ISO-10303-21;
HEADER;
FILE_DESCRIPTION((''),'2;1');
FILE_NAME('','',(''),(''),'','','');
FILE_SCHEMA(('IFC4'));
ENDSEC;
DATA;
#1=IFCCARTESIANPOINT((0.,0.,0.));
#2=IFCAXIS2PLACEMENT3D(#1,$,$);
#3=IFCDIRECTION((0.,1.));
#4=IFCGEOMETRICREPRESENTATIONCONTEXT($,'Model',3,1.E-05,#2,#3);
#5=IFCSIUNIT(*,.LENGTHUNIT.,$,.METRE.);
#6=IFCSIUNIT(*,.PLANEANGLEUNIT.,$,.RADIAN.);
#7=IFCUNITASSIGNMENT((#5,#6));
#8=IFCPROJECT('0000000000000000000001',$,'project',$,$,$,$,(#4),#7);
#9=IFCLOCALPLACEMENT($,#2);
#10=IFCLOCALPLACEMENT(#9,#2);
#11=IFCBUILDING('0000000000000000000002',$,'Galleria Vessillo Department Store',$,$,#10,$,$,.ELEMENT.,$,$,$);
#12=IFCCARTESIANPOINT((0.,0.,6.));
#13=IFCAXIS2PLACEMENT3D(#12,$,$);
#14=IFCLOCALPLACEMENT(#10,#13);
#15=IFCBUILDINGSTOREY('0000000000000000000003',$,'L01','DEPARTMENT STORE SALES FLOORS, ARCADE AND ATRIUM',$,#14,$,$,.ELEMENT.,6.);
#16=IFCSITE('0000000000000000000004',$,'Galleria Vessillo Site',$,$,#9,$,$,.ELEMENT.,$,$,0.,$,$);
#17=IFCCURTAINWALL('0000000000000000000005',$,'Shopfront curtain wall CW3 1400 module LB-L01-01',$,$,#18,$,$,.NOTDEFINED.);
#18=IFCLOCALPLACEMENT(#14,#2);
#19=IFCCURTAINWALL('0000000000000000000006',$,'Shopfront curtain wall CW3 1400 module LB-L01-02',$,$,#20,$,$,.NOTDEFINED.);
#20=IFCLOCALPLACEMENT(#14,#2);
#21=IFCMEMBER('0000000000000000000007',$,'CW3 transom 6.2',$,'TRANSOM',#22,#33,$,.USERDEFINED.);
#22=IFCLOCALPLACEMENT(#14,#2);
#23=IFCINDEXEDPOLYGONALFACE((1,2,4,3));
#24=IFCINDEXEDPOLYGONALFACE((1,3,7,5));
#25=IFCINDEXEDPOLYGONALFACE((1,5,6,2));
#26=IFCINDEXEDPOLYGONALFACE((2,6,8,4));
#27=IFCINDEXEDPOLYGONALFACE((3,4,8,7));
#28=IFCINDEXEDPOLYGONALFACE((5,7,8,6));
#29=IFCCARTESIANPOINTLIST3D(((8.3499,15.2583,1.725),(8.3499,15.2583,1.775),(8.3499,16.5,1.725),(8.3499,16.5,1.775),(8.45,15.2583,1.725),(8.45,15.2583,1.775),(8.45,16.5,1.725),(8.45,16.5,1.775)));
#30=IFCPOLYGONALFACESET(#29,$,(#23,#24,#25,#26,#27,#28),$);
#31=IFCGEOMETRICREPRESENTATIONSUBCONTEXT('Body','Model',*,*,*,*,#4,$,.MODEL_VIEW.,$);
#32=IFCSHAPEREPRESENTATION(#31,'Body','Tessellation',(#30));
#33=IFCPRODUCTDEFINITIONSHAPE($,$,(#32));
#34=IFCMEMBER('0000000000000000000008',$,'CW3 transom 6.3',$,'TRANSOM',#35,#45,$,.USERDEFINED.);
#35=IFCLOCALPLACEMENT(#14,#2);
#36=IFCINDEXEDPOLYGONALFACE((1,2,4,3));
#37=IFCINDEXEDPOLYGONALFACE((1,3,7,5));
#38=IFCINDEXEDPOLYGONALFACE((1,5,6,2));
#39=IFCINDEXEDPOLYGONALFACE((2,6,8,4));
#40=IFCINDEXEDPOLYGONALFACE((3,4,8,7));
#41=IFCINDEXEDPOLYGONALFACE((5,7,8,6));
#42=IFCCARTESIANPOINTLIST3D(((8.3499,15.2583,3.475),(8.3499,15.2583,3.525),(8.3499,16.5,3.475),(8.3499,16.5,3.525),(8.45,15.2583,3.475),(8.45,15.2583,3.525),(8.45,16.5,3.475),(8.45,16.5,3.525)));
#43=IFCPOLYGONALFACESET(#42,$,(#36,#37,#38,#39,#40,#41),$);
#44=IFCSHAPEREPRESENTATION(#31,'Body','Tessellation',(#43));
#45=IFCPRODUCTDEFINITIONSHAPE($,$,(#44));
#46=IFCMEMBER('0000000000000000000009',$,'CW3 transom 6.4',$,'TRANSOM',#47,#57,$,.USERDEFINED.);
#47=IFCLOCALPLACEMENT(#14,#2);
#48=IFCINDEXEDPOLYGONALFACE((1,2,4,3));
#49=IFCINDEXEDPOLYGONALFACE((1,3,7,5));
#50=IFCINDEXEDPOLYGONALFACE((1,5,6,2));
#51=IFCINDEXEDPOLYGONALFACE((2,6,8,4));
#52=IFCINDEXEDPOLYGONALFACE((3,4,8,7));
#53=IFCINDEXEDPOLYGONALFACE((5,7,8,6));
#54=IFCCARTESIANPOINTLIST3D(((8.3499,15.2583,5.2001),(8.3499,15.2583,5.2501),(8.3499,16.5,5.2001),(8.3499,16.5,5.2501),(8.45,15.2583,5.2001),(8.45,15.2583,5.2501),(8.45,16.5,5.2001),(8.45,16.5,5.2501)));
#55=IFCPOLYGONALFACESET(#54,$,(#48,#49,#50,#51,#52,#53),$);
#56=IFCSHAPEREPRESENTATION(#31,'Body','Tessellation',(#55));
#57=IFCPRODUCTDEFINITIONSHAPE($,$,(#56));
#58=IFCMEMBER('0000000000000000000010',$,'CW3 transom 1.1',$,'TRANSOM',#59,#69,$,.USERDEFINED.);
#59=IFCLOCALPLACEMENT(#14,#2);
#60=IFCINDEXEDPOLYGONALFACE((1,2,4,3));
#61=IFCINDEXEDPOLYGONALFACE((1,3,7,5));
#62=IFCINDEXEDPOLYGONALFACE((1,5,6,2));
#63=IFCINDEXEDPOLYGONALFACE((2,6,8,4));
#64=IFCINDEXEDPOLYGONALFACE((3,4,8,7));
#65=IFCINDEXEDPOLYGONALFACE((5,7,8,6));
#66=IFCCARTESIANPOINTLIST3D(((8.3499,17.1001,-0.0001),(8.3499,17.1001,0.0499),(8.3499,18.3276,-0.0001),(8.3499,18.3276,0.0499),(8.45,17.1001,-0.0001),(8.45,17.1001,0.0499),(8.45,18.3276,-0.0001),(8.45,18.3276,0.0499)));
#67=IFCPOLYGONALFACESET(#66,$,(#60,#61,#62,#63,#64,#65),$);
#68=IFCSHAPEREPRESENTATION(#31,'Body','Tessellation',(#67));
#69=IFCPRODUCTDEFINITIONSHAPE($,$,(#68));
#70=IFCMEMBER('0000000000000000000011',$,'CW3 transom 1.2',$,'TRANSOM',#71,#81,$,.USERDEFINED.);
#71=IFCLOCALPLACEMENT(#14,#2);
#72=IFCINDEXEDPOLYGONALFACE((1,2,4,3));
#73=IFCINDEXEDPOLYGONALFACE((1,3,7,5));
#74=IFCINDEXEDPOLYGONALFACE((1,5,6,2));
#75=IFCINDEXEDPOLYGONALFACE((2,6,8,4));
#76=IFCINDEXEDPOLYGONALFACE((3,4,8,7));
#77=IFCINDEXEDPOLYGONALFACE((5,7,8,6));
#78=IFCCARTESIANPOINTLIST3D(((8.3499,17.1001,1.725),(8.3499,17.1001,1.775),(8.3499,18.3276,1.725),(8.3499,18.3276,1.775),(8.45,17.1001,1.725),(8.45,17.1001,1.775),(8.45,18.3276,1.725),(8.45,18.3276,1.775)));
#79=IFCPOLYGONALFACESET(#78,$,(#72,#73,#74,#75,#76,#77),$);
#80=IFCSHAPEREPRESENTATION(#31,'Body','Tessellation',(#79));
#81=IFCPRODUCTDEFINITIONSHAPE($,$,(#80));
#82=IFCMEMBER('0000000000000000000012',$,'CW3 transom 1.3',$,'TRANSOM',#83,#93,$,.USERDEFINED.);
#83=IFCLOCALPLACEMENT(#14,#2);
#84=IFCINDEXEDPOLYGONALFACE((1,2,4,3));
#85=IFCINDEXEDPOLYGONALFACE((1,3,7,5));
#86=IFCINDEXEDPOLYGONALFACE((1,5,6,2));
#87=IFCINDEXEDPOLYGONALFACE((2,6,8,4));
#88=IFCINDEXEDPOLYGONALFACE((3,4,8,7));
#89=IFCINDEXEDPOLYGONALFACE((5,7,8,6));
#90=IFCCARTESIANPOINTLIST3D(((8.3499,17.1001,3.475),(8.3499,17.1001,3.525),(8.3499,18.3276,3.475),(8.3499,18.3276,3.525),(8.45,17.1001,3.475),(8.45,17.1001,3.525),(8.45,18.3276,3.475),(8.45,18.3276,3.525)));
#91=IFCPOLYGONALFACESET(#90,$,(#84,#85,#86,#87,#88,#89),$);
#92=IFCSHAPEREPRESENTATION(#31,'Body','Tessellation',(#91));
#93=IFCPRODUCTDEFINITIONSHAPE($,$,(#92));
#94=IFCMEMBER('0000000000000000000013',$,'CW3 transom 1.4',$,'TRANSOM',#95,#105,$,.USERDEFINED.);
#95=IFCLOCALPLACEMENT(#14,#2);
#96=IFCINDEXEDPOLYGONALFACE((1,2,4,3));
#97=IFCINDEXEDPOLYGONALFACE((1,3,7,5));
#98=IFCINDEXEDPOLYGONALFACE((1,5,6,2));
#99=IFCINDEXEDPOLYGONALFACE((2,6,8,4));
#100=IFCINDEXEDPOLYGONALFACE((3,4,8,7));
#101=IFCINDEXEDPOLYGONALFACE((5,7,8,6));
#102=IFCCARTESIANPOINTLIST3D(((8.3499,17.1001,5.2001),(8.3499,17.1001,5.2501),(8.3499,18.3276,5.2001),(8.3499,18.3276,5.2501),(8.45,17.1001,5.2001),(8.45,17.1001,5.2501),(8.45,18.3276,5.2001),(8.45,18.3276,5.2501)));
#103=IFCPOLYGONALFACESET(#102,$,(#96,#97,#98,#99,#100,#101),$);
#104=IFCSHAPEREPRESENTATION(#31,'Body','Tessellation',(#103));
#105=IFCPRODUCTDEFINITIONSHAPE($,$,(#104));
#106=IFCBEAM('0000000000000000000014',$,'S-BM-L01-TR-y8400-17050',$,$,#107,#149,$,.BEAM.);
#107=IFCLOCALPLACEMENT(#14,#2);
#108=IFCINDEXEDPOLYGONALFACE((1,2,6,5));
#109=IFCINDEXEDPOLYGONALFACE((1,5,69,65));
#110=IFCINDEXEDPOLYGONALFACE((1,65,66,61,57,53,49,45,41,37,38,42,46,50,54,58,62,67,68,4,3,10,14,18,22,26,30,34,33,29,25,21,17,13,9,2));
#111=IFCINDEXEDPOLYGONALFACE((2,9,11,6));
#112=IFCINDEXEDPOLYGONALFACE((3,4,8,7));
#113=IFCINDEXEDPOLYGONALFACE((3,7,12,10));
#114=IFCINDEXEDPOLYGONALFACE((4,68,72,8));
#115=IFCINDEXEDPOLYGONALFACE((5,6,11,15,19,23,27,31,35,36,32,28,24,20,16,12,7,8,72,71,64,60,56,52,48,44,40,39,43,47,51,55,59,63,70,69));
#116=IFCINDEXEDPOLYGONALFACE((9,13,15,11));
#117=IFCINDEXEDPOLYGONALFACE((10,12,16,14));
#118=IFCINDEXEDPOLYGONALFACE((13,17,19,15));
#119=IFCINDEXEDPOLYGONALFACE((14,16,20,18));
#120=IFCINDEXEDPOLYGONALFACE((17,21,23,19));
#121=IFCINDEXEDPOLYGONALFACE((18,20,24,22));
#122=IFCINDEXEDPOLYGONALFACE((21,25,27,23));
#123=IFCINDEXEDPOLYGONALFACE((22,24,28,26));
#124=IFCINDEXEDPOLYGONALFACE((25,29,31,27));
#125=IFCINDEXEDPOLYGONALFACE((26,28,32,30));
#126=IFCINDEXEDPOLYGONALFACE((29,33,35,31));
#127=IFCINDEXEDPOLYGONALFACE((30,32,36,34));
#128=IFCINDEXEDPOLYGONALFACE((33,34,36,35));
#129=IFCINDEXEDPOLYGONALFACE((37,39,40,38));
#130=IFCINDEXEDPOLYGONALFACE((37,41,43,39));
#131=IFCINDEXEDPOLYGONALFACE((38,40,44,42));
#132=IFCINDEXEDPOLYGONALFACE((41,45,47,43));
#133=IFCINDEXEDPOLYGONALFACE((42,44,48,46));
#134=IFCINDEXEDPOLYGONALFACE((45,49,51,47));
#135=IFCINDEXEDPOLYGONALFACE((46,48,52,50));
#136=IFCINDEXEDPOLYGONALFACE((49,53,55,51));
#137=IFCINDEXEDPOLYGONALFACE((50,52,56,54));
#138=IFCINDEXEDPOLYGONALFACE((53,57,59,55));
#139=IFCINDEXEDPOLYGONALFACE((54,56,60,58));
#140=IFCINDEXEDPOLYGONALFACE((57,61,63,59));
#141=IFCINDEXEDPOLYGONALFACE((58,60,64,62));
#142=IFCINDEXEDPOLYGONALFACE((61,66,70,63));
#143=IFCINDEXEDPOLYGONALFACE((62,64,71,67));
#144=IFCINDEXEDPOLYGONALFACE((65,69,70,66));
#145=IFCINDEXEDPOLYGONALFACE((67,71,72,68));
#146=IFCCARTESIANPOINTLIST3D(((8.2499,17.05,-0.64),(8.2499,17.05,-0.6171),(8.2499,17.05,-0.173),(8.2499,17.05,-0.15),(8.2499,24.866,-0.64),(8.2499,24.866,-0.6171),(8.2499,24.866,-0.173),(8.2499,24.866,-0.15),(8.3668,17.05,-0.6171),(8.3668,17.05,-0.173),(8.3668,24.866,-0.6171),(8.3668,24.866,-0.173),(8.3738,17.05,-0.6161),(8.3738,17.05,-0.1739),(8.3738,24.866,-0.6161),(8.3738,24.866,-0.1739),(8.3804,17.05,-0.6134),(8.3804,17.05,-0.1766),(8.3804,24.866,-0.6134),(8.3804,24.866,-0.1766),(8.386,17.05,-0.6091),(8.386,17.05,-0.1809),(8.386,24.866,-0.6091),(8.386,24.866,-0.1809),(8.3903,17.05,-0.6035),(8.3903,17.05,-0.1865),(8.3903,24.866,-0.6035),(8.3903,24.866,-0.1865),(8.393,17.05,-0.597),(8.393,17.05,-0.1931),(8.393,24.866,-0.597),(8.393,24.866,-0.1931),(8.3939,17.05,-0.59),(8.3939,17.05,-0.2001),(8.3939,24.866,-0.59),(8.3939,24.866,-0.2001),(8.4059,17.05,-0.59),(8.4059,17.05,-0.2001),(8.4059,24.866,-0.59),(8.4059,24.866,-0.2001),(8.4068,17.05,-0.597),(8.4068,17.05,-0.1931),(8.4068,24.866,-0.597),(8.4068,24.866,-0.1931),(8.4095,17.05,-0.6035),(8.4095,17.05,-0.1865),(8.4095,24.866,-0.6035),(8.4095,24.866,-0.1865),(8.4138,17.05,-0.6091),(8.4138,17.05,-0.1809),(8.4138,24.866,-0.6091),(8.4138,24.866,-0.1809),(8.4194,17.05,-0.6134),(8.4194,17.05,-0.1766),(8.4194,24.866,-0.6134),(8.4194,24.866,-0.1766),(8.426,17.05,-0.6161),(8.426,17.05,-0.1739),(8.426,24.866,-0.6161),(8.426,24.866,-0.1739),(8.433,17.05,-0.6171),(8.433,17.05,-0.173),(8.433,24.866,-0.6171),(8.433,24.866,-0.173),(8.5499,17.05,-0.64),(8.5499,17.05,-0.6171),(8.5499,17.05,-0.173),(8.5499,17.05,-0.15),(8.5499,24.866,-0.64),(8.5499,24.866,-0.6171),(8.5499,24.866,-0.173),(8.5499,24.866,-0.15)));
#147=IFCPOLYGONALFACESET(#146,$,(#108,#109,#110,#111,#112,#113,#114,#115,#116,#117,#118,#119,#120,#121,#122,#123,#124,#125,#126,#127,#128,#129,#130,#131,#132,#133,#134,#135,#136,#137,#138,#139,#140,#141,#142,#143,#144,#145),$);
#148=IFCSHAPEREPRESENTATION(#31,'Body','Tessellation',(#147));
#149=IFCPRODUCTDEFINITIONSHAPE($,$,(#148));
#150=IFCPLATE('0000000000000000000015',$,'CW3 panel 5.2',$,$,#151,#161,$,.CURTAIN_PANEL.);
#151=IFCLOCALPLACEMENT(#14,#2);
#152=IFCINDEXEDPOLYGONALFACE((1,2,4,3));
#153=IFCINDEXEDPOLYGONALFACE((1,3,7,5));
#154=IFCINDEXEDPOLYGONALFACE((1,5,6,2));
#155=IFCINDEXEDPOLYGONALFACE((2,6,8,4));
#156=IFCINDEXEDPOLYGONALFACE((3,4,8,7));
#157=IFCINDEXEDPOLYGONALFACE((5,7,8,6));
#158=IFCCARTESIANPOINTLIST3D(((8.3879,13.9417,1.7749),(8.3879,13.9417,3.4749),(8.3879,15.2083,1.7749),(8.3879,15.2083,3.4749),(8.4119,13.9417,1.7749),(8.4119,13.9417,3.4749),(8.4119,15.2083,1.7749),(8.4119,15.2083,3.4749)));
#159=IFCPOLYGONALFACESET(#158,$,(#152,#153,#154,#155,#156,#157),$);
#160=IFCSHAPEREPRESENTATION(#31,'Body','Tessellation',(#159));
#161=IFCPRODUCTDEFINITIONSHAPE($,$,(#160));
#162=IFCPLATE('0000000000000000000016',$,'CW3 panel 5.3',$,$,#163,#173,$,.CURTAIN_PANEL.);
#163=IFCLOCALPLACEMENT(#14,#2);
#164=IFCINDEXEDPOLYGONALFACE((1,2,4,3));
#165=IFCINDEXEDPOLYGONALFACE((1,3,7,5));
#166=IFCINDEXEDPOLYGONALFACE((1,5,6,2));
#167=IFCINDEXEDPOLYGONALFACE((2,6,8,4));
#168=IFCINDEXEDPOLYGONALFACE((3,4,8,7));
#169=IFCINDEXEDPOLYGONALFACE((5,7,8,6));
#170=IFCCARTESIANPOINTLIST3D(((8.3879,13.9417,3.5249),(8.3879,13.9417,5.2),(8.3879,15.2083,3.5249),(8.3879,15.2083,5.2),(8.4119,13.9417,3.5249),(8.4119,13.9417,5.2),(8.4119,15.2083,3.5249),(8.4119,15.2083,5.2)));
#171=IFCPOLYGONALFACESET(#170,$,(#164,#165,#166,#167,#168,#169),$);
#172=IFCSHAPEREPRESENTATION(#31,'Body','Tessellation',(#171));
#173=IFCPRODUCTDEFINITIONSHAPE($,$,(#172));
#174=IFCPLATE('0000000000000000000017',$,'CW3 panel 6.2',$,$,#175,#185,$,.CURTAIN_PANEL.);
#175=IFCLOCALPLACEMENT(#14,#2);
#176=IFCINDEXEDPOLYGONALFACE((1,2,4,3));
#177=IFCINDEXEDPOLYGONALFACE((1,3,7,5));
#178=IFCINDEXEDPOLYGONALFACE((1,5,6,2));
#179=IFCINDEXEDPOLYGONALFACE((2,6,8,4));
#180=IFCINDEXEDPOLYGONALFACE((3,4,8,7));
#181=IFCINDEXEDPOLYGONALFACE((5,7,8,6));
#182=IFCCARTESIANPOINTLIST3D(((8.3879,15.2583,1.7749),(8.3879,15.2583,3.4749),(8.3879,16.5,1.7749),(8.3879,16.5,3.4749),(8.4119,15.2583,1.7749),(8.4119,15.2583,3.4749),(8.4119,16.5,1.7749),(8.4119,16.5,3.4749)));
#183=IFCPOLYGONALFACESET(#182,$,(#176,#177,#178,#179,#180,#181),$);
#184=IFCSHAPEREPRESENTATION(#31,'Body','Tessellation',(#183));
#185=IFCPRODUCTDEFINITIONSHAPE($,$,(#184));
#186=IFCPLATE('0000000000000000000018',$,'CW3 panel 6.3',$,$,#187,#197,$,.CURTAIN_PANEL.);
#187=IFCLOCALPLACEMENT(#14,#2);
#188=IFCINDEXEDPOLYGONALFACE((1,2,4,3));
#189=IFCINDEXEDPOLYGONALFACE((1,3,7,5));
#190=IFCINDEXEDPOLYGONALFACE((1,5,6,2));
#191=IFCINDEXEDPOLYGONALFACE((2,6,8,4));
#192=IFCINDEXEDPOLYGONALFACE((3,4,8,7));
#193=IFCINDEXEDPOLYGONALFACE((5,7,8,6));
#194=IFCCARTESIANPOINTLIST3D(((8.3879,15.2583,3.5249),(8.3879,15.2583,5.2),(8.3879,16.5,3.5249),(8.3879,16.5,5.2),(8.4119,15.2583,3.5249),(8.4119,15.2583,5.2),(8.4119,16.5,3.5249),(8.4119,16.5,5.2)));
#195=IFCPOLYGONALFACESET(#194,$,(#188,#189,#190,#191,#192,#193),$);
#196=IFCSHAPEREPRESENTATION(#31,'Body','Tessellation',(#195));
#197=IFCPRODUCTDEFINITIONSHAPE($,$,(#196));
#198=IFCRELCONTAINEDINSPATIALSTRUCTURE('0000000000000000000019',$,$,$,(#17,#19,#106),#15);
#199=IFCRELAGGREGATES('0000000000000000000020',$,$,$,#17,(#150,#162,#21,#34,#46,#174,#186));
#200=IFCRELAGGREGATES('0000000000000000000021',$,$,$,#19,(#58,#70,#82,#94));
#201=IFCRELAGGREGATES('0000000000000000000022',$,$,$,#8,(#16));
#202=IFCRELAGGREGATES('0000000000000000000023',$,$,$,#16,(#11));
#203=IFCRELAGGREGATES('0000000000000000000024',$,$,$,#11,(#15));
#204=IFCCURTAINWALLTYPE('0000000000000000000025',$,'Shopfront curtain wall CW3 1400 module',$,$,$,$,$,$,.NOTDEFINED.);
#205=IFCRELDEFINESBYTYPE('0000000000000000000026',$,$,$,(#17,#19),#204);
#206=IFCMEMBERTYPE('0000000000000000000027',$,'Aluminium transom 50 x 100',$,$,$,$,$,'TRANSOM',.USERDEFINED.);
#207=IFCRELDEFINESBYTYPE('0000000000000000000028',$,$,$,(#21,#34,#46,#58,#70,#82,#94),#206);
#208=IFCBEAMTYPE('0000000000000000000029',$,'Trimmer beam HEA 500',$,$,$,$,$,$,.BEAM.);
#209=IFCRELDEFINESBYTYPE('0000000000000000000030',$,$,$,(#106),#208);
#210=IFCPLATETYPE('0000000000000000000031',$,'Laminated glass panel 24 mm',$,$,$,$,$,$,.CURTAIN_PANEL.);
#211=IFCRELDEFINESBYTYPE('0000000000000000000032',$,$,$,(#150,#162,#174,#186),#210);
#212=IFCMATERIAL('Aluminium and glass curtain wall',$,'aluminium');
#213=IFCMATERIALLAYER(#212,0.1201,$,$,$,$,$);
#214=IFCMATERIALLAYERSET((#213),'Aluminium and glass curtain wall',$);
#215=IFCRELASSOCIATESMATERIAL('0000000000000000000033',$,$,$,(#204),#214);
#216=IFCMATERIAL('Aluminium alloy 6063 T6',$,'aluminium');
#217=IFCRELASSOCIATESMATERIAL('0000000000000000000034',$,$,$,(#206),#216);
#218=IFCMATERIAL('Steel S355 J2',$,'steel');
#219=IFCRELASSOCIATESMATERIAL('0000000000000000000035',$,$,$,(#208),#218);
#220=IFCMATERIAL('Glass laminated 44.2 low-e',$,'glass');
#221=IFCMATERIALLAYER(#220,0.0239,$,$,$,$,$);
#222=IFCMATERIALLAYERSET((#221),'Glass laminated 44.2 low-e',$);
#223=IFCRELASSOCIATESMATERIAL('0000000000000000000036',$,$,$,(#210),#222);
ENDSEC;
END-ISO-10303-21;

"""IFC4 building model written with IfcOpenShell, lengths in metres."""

from ifc_helpers import new_model, si_unit, direction, frame, origin, origin_2d, place, context, subcontext, project, spatial, rectangle, i_section, extrude, material, layer, layer_set, material_profile, profile_set, type_object, element, aggregate, save


model = new_model("IFC4")

# Units and contexts
model_context = context("Model", 3, precision=1e-05, world=origin(), true_north=direction((0.0, 1.0)))
body_context = subcontext(model_context, "Body", "Model", "MODEL_VIEW")
ifc_project = project(units=[si_unit("LENGTHUNIT", "METRE"), si_unit("PLANEANGLEUNIT", "RADIAN")], contexts=[model_context])

# Site, building, storey
site_placement = place(None, origin())
site = spatial("IfcSite", under=ifc_project, at=site_placement, Name="Galleria Vessillo Site", CompositionType="ELEMENT", RefElevation=0.0)
building_placement = place(site_placement, origin())
building = spatial("IfcBuilding", under=site, at=building_placement, Name="Galleria Vessillo Department Store", CompositionType="ELEMENT")
storey_placement = place(building_placement, frame((0.0, 0.0, 6.0)))
storey = spatial("IfcBuildingStorey", under=building, at=storey_placement, Name="L01", Description="DEPARTMENT STORE SALES FLOORS, ARCADE AND ATRIUM", CompositionType="ELEMENT", Elevation=6.0)

# Curtain walls
ifc_material_1 = material(Name="Aluminium and glass curtain wall", Category="aluminium")
ifc_layer_1 = layer(ifc_material_1, 0.1201)
ifc_layer_set_1 = layer_set([ifc_layer_1], Name="Aluminium and glass curtain wall")
curtain_wall_type = type_object("IfcCurtainWallType", Name="Shopfront curtain wall CW3 1400 module", PredefinedType="NOTDEFINED", material=ifc_layer_set_1)
curtain_wall_1_placement = place(storey_placement, origin())
curtain_wall_1 = element("IfcCurtainWall", 1, at=curtain_wall_1_placement, inside=storey, type_object=curtain_wall_type, Name="Shopfront curtain wall CW3 1400 module LB-L01-01", PredefinedType="NOTDEFINED")
curtain_wall_2_placement = place(storey_placement, origin())
curtain_wall_2 = element("IfcCurtainWall", 2, at=curtain_wall_2_placement, inside=storey, type_object=curtain_wall_type, Name="Shopfront curtain wall CW3 1400 module LB-L01-02", PredefinedType="NOTDEFINED")

# Members
ifc_material_2 = material(Name="Aluminium alloy 6063 T6", Category="aluminium")
ifc_material_profile_1 = material_profile(ifc_material_2, rectangle(XDim=0.1001, YDim=0.05, at=origin_2d()), Name="AL 50x100")
ifc_profile_set_1 = profile_set([ifc_material_profile_1], Name="Aluminium alloy 6063 T6")
member_type_1 = type_object("IfcMemberType", Name="Aluminium transom 50 x 100", ElementType="TRANSOM", PredefinedType="USERDEFINED", material=ifc_profile_set_1)
member_1_placement = place(storey_placement, frame((8.3999, 15.2583, 1.75), z_axis=(0.0, 1.0, 0.0), x_axis=(-1.0, 0.0, 0.0)))
member_1 = element("IfcMember", 3, at=member_1_placement, type_object=member_type_1, Name="CW3 transom 6.2", ObjectType="TRANSOM", PredefinedType="USERDEFINED", context=body_context, shape_type="SweptSolid", body=[
    extrude(rectangle(XDim=0.1001, YDim=0.05, at=origin_2d()), origin(), (0.0, 0.0, 1.0), 1.2417),
])
member_2_placement = place(storey_placement, frame((8.3999, 15.2583, 3.5), z_axis=(0.0, 1.0, 0.0), x_axis=(-1.0, 0.0, 0.0)))
member_2 = element("IfcMember", 4, at=member_2_placement, type_object=member_type_1, Name="CW3 transom 6.3", ObjectType="TRANSOM", PredefinedType="USERDEFINED", context=body_context, shape_type="SweptSolid", body=[
    extrude(rectangle(XDim=0.1001, YDim=0.05, at=origin_2d()), origin(), (0.0, 0.0, 1.0), 1.2417),
])
member_3_placement = place(storey_placement, frame((8.3999, 15.2583, 5.2251), z_axis=(0.0, 1.0, 0.0), x_axis=(-1.0, 0.0, 0.0)))
member_3 = element("IfcMember", 5, at=member_3_placement, type_object=member_type_1, Name="CW3 transom 6.4", ObjectType="TRANSOM", PredefinedType="USERDEFINED", context=body_context, shape_type="SweptSolid", body=[
    extrude(rectangle(XDim=0.1001, YDim=0.05, at=origin_2d()), origin(), (0.0, 0.0, 1.0), 1.2417),
])
member_4_placement = place(storey_placement, frame((8.3999, 17.1001, 0.0249), z_axis=(0.0, 1.0, 0.0), x_axis=(-1.0, 0.0, 0.0)))
member_4 = element("IfcMember", 6, at=member_4_placement, type_object=member_type_1, Name="CW3 transom 1.1", ObjectType="TRANSOM", PredefinedType="USERDEFINED", context=body_context, shape_type="SweptSolid", body=[
    extrude(rectangle(XDim=0.1001, YDim=0.05, at=origin_2d()), origin(), (0.0, 0.0, 1.0), 1.2275),
])
member_5_placement = place(storey_placement, frame((8.3999, 17.1001, 1.75), z_axis=(0.0, 1.0, 0.0), x_axis=(-1.0, 0.0, 0.0)))
member_5 = element("IfcMember", 7, at=member_5_placement, type_object=member_type_1, Name="CW3 transom 1.2", ObjectType="TRANSOM", PredefinedType="USERDEFINED", context=body_context, shape_type="SweptSolid", body=[
    extrude(rectangle(XDim=0.1001, YDim=0.05, at=origin_2d()), origin(), (0.0, 0.0, 1.0), 1.2275),
])
member_6_placement = place(storey_placement, frame((8.3999, 17.1001, 3.5), z_axis=(0.0, 1.0, 0.0), x_axis=(-1.0, 0.0, 0.0)))
member_6 = element("IfcMember", 8, at=member_6_placement, type_object=member_type_1, Name="CW3 transom 1.3", ObjectType="TRANSOM", PredefinedType="USERDEFINED", context=body_context, shape_type="SweptSolid", body=[
    extrude(rectangle(XDim=0.1001, YDim=0.05, at=origin_2d()), origin(), (0.0, 0.0, 1.0), 1.2275),
])
member_7_placement = place(storey_placement, frame((8.3999, 17.1001, 5.2251), z_axis=(0.0, 1.0, 0.0), x_axis=(-1.0, 0.0, 0.0)))
member_7 = element("IfcMember", 9, at=member_7_placement, type_object=member_type_1, Name="CW3 transom 1.4", ObjectType="TRANSOM", PredefinedType="USERDEFINED", context=body_context, shape_type="SweptSolid", body=[
    extrude(rectangle(XDim=0.1001, YDim=0.05, at=origin_2d()), origin(), (0.0, 0.0, 1.0), 1.2275),
])

# Beam
ifc_material_3 = material(Name="Steel S355 J2", Category="steel")
ifc_material_profile_2 = material_profile(ifc_material_3, i_section(OverallWidth=0.3, OverallDepth=0.49, WebThickness=0.012, FlangeThickness=0.0229, FilletRadius=0.0271, at=origin_2d()), Name="HEA 500")
ifc_profile_set_2 = profile_set([ifc_material_profile_2], Name="Steel S355 J2")
beam_type = type_object("IfcBeamType", Name="Trimmer beam HEA 500", PredefinedType="BEAM", material=ifc_profile_set_2)
beam_placement = place(storey_placement, frame((8.3999, 17.05, -0.395), z_axis=(0.0, 1.0, 0.0), x_axis=(-1.0, 0.0, 0.0)))
element("IfcBeam", 10, at=beam_placement, inside=storey, type_object=beam_type, Name="S-BM-L01-TR-y8400-17050", PredefinedType="BEAM", context=body_context, shape_type="SweptSolid", body=[
    extrude(i_section(OverallWidth=0.3, OverallDepth=0.49, WebThickness=0.012, FlangeThickness=0.0229, FilletRadius=0.0271, at=origin_2d()), origin(), (0.0, 0.0, 1.0), 7.8159),
])

# Plates
ifc_material_4 = material(Name="Glass laminated 44.2 low-e", Category="glass")
ifc_layer_2 = layer(ifc_material_4, 0.0239)
ifc_layer_set_2 = layer_set([ifc_layer_2], Name="Glass laminated 44.2 low-e")
plate_type_1 = type_object("IfcPlateType", Name="Laminated glass panel 24 mm", PredefinedType="CURTAIN_PANEL", material=ifc_layer_set_2)
plate_1_placement = place(storey_placement, frame((8.3999, 14.575, 1.7749), z_axis=(0.0, 0.0, 1.0), x_axis=(0.0, 1.0, 0.0)))
plate_1 = element("IfcPlate", 11, at=plate_1_placement, type_object=plate_type_1, Name="CW3 panel 5.2", PredefinedType="CURTAIN_PANEL", context=body_context, shape_type="SweptSolid", body=[
    extrude(rectangle(XDim=1.2666, YDim=0.0239, at=origin_2d()), origin(), (0.0, 0.0, 1.0), 1.7),
])
plate_2_placement = place(storey_placement, frame((8.3999, 14.575, 3.5249), z_axis=(0.0, 0.0, 1.0), x_axis=(0.0, 1.0, 0.0)))
plate_2 = element("IfcPlate", 12, at=plate_2_placement, type_object=plate_type_1, Name="CW3 panel 5.3", PredefinedType="CURTAIN_PANEL", context=body_context, shape_type="SweptSolid", body=[
    extrude(rectangle(XDim=1.2666, YDim=0.0239, at=origin_2d()), origin(), (0.0, 0.0, 1.0), 1.675),
])
plate_3_placement = place(storey_placement, frame((8.3999, 15.8792, 1.7749), z_axis=(0.0, 0.0, 1.0), x_axis=(0.0, 1.0, 0.0)))
plate_3 = element("IfcPlate", 13, at=plate_3_placement, type_object=plate_type_1, Name="CW3 panel 6.2", PredefinedType="CURTAIN_PANEL", context=body_context, shape_type="SweptSolid", body=[
    extrude(rectangle(XDim=1.2417, YDim=0.0239, at=origin_2d()), origin(), (0.0, 0.0, 1.0), 1.7),
])
plate_4_placement = place(storey_placement, frame((8.3999, 15.8792, 3.5249), z_axis=(0.0, 0.0, 1.0), x_axis=(0.0, 1.0, 0.0)))
plate_4 = element("IfcPlate", 14, at=plate_4_placement, type_object=plate_type_1, Name="CW3 panel 6.3", PredefinedType="CURTAIN_PANEL", context=body_context, shape_type="SweptSolid", body=[
    extrude(rectangle(XDim=1.2417, YDim=0.0239, at=origin_2d()), origin(), (0.0, 0.0, 1.0), 1.675),
])
aggregate(curtain_wall_1, [plate_1, plate_2, member_1, member_2, member_3, plate_3, plate_4])
aggregate(curtain_wall_2, [member_4, member_5, member_6, member_7])

save(model, "model.ifc")
